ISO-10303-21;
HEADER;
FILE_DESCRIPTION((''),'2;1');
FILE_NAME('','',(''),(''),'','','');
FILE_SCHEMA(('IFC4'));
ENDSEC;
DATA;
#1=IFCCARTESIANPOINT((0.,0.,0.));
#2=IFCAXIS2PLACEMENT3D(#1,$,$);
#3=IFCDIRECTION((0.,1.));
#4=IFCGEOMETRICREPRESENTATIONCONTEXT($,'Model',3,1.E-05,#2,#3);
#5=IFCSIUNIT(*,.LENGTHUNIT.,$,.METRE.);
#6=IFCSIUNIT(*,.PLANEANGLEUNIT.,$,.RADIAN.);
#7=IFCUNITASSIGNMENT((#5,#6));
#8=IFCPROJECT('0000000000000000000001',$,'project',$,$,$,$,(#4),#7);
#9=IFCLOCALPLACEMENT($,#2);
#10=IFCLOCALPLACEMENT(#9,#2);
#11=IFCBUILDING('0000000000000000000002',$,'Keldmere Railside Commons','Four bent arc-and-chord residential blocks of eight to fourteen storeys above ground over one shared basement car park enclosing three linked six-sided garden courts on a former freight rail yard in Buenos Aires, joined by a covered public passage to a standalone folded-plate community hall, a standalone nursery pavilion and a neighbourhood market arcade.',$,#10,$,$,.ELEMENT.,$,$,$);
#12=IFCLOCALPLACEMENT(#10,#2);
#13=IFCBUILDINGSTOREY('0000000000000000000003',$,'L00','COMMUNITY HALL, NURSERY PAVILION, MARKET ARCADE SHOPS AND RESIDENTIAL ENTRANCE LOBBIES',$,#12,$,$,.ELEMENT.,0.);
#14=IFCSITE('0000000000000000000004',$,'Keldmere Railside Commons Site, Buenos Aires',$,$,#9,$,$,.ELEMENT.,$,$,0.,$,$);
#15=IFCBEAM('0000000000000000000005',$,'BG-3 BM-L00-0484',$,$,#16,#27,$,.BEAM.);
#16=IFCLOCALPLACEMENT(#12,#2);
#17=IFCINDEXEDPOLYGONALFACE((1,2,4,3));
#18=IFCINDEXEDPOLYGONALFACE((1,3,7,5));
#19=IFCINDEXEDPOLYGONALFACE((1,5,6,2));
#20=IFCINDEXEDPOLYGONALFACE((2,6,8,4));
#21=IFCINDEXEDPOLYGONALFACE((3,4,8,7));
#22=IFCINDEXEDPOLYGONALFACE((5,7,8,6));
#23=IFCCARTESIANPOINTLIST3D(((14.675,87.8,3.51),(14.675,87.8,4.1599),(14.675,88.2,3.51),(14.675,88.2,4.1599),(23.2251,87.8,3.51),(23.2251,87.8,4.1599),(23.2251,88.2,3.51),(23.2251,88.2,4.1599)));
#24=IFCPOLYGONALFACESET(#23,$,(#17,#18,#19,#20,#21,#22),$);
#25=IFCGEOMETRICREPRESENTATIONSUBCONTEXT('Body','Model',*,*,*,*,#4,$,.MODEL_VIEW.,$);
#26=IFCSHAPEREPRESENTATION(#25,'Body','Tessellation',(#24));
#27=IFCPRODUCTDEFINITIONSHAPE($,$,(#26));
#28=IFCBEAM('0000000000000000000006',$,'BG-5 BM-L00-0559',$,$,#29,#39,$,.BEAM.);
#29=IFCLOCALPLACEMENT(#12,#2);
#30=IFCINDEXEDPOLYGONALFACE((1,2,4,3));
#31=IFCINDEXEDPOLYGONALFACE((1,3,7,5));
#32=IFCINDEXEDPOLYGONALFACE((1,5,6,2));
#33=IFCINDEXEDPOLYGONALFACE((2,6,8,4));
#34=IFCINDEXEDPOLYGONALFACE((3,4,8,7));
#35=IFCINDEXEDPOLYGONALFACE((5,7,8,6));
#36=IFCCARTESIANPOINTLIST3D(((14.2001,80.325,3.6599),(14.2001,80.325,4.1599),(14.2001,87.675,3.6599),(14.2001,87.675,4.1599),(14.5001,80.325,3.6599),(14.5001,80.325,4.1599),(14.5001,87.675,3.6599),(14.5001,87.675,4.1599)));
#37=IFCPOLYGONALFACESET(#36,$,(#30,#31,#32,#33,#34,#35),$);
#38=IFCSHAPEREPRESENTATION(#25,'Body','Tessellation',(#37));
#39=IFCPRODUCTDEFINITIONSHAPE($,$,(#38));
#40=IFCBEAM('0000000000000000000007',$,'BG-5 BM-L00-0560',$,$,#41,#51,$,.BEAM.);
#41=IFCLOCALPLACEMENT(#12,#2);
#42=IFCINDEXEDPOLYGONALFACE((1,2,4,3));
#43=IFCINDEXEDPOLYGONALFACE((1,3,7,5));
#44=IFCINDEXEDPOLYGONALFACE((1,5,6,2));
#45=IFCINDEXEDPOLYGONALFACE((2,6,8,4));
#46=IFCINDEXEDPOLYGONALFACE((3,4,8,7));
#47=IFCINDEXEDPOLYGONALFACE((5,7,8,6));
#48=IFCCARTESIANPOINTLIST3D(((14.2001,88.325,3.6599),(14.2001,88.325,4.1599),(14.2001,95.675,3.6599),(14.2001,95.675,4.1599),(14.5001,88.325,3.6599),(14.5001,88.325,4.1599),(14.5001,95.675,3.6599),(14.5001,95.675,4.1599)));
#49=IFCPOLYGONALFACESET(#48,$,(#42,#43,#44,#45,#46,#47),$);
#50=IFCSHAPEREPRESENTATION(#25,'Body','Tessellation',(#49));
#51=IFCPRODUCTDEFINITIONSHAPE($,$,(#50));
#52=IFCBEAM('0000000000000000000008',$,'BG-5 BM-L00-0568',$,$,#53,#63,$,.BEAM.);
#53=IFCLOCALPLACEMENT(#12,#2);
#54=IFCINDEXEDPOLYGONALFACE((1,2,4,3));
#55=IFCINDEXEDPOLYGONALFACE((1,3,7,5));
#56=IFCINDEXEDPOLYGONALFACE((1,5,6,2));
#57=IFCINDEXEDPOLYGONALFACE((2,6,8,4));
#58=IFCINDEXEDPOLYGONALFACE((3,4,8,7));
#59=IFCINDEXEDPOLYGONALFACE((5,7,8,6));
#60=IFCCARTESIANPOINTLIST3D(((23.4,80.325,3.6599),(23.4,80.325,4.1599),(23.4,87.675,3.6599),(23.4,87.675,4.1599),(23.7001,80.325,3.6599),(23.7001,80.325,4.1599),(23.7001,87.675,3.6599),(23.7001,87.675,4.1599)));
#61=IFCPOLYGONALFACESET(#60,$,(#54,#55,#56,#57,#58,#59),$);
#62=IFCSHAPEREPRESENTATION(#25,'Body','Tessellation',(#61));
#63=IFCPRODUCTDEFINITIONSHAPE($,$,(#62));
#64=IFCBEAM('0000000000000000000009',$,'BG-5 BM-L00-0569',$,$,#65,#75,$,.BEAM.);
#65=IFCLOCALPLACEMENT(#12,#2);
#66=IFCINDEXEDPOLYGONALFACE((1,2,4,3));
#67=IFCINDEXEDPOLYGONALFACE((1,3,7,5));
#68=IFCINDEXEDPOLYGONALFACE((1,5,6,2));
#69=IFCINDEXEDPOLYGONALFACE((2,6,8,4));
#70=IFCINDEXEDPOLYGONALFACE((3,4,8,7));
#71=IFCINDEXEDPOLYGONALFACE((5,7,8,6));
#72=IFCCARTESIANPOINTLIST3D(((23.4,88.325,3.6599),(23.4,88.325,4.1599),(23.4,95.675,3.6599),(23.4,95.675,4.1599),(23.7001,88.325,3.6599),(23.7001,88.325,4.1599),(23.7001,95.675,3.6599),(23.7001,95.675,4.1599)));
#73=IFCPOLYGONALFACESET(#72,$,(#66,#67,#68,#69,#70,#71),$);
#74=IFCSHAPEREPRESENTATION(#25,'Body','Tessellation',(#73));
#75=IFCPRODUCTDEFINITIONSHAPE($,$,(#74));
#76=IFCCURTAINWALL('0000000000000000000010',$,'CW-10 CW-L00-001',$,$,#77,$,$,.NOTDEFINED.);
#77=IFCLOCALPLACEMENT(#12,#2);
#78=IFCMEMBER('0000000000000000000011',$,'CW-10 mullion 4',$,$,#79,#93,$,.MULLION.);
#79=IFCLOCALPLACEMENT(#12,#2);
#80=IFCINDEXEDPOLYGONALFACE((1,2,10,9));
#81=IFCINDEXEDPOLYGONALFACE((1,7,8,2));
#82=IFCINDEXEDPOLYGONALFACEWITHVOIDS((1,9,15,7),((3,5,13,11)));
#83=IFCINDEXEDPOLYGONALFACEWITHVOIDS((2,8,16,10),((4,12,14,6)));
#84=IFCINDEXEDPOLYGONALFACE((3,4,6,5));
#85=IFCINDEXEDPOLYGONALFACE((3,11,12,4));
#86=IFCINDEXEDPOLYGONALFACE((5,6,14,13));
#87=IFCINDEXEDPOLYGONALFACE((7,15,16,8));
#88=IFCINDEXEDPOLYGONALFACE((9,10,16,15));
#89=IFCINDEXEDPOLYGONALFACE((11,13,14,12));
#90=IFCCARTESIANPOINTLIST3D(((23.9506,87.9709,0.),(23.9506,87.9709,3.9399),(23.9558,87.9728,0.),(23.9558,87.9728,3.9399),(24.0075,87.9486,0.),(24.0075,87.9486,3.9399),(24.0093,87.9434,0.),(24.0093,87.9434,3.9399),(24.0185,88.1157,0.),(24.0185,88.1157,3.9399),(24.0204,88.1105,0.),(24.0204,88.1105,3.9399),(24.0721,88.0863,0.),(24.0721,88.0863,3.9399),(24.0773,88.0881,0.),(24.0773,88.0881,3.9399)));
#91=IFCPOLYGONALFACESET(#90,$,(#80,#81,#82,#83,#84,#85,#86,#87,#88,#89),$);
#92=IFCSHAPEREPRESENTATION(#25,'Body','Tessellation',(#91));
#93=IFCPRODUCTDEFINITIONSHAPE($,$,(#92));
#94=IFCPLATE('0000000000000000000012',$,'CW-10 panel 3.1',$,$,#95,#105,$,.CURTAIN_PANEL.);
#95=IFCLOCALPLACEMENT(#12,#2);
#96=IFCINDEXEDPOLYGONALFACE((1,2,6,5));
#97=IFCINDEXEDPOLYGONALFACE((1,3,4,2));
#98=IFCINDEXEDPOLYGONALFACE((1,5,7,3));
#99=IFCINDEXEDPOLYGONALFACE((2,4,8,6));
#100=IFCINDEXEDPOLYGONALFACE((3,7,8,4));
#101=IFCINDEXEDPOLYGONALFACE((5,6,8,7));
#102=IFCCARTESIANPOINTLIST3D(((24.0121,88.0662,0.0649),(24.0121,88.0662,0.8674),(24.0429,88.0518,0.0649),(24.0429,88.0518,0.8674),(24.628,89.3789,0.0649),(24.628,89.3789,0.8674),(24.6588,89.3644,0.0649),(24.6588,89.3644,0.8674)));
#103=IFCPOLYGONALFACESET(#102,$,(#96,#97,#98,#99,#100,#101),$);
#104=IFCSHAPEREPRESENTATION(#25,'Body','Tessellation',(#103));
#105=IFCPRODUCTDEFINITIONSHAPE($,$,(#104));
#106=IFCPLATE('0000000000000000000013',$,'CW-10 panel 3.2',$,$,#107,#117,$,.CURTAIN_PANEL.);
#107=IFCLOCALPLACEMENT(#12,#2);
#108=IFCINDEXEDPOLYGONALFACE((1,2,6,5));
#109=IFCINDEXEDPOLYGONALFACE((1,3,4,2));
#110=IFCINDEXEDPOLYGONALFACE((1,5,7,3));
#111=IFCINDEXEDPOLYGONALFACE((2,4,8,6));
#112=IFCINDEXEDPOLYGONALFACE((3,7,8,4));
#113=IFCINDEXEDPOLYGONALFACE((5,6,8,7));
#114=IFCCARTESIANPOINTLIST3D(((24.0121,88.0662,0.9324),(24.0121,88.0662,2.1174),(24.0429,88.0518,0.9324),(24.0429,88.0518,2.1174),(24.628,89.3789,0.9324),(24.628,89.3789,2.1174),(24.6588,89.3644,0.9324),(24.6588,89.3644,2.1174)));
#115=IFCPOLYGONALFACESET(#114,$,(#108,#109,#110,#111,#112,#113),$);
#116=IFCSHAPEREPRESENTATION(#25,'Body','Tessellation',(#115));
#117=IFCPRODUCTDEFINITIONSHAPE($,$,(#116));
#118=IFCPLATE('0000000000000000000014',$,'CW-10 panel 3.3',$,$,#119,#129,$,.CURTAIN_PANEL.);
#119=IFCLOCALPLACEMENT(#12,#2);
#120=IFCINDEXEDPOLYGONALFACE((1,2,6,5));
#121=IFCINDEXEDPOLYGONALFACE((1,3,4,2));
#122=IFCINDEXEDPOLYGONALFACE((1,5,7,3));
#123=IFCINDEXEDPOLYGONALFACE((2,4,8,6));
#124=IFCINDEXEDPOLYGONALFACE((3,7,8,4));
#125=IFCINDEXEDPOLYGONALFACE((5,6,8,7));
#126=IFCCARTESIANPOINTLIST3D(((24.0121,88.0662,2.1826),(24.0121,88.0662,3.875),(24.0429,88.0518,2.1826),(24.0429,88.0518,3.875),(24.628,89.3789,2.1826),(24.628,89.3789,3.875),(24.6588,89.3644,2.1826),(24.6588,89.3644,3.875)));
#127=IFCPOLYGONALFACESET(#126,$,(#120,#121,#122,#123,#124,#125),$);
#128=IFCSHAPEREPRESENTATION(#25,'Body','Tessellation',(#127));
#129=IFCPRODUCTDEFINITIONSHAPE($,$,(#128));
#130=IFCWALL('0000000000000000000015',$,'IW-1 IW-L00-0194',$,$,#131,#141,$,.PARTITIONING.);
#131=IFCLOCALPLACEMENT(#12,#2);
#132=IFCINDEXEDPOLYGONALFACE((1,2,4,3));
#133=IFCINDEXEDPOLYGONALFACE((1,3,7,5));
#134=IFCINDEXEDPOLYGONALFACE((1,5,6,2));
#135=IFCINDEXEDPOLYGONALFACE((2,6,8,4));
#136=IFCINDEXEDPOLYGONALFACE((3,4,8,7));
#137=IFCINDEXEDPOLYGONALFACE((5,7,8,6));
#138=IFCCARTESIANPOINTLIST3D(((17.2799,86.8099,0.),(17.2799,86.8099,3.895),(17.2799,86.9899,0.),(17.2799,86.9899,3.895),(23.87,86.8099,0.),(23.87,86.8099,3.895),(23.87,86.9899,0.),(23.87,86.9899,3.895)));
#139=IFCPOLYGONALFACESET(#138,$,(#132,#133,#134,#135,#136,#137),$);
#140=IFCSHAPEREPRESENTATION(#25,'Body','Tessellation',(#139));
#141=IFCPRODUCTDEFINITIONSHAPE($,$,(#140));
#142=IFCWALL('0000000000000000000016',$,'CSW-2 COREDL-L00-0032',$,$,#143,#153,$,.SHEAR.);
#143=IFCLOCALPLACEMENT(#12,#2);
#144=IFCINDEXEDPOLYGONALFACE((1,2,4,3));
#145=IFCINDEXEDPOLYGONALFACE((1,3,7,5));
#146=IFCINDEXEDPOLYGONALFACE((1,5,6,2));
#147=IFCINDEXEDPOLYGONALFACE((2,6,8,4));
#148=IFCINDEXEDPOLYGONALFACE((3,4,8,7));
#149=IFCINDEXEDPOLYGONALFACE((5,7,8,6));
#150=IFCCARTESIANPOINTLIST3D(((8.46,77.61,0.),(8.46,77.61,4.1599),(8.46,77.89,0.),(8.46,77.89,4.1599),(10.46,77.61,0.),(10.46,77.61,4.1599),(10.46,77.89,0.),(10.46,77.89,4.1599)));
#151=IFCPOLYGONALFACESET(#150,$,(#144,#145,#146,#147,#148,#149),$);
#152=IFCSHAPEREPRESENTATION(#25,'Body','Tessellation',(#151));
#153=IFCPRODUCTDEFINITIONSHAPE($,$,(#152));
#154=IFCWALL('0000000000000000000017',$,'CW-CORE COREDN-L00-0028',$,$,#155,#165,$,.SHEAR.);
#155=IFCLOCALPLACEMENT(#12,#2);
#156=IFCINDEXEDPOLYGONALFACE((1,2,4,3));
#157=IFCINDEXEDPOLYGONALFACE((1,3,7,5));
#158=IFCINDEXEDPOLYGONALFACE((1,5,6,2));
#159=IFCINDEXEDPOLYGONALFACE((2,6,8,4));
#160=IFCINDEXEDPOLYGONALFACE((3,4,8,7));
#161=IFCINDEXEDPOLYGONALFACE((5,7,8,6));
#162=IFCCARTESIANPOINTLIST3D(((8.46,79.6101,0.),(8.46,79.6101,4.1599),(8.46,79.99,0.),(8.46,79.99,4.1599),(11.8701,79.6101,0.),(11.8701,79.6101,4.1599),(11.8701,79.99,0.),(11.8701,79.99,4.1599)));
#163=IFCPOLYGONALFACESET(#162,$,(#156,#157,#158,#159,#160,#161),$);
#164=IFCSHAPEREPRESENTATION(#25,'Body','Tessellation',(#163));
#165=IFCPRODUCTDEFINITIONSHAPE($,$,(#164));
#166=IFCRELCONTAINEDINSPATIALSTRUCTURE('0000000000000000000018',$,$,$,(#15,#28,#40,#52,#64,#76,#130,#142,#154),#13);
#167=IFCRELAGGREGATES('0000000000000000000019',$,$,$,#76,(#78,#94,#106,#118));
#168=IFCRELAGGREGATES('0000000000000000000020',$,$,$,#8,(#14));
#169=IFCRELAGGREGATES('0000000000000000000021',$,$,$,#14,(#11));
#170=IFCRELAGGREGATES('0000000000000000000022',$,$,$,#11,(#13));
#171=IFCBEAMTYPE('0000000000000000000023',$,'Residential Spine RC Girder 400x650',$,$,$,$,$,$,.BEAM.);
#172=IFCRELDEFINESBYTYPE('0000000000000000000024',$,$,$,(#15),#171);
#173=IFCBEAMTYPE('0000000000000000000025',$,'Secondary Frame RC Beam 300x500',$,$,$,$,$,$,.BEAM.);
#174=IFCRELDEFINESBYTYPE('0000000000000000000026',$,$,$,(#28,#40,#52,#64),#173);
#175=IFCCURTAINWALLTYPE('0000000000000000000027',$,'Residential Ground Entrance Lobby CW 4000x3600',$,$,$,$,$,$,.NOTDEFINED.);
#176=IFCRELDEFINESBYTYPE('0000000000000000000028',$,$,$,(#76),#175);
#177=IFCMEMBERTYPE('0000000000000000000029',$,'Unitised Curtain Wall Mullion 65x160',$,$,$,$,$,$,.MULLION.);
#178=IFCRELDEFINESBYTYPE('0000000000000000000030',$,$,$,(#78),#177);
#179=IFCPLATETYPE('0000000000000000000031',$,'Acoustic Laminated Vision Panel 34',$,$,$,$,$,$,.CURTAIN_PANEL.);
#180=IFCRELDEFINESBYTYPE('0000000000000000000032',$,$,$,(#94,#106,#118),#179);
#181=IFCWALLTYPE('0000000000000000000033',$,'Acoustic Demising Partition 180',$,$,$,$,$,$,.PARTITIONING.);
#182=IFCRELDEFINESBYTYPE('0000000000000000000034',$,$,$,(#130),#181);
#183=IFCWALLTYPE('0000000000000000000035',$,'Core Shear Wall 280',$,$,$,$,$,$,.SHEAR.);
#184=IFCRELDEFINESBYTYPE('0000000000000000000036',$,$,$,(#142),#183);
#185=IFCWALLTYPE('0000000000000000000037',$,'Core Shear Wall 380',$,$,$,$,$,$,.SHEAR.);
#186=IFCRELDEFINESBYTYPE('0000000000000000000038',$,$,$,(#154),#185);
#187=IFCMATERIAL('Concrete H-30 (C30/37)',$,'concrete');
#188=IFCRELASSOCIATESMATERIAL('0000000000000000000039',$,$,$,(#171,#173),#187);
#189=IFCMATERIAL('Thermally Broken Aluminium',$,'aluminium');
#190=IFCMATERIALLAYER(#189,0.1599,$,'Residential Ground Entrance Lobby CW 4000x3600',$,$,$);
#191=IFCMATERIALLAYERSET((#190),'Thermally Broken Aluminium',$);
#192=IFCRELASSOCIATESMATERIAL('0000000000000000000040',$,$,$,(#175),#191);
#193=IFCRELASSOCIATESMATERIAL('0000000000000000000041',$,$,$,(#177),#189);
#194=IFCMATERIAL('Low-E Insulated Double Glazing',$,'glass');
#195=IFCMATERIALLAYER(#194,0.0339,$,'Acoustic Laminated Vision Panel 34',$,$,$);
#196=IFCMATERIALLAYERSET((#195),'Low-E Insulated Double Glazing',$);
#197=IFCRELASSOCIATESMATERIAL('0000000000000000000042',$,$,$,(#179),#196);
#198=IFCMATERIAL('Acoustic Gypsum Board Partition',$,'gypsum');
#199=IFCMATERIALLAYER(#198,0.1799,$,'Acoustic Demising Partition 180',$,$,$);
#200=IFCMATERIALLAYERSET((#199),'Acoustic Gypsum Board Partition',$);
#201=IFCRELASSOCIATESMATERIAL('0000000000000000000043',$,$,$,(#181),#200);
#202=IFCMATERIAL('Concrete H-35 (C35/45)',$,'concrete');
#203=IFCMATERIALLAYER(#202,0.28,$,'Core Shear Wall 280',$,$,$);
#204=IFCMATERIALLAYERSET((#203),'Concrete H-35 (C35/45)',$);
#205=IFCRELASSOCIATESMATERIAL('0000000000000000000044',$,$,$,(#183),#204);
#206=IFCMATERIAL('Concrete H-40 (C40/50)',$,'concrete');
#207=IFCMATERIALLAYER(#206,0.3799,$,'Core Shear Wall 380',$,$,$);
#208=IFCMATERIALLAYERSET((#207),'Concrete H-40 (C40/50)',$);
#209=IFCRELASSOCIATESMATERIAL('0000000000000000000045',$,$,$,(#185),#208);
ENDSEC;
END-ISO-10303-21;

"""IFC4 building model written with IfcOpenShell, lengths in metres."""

from ifc_helpers import new_model, si_unit, direction, frame, frame_2d, origin, origin_2d, place, context, subcontext, project, spatial, rectangle, hollow_rectangle, extrude, material, layer, layer_set, material_profile, profile_set, type_object, element, aggregate, save


model = new_model("IFC4")

# Units and contexts
model_context = context("Model", 3, precision=1e-05, world=origin(), true_north=direction((0.0, 1.0)))
body_context = subcontext(model_context, "Body", "Model", "MODEL_VIEW")
ifc_project = project(units=[si_unit("LENGTHUNIT", "METRE"), si_unit("PLANEANGLEUNIT", "RADIAN")], contexts=[model_context])

# Site, building, storey
site_placement = place(None, origin())
site = spatial("IfcSite", under=ifc_project, at=site_placement, Name="Keldmere Railside Commons Site, Buenos Aires", CompositionType="ELEMENT", RefElevation=0.0)
building_placement = place(site_placement, origin())
building = spatial("IfcBuilding", under=site, at=building_placement, Name="Keldmere Railside Commons", Description="Four bent arc-and-chord residential blocks of eight to fourteen storeys above ground over one shared basement car park enclosing three linked six-sided garden courts on a former freight rail yard in Buenos Aires, joined by a covered public passage to a standalone folded-plate community hall, a standalone nursery pavilion and a neighbourhood market arcade.", CompositionType="ELEMENT")
storey_placement = place(building_placement, origin())
storey = spatial("IfcBuildingStorey", under=building, at=storey_placement, Name="L00", Description="COMMUNITY HALL, NURSERY PAVILION, MARKET ARCADE SHOPS AND RESIDENTIAL ENTRANCE LOBBIES", CompositionType="ELEMENT", Elevation=0.0)

# Shared definitions
ifc_material_1 = material(Name="Concrete H-40 (C40/50)", Category="concrete")

# Beams
ifc_material_2 = material(Name="Concrete H-30 (C30/37)", Category="concrete")
ifc_material_profile_1 = material_profile(ifc_material_2, rectangle(XDim=0.3999, YDim=0.6499, at=origin_2d()), Name="RC-400x650")
ifc_profile_set_1 = profile_set([ifc_material_profile_1], Name="Concrete H-30 (C30/37)")
beam_type_1 = type_object("IfcBeamType", Name="Residential Spine RC Girder 400x650", PredefinedType="BEAM", material=ifc_profile_set_1)
beam_1_placement = place(storey_placement, frame((14.675, 88.0, 3.835), z_axis=(1.0, 0.0, 0.0), x_axis=(0.0, 1.0, 0.0)))
element("IfcBeam", 1, at=beam_1_placement, inside=storey, type_object=beam_type_1, Name="BG-3 BM-L00-0484", PredefinedType="BEAM", context=body_context, shape_type="SweptSolid", body=[
    extrude(rectangle(XDim=0.3999, YDim=0.6499, at=origin_2d()), origin(), (0.0, 0.0, 1.0), 8.55),
])
ifc_material_profile_2 = material_profile(ifc_material_2, rectangle(XDim=0.3, YDim=0.5, at=origin_2d()), Name="RC-300x500")
ifc_profile_set_2 = profile_set([ifc_material_profile_2], Name="Concrete H-30 (C30/37)")
beam_type_2 = type_object("IfcBeamType", Name="Secondary Frame RC Beam 300x500", PredefinedType="BEAM", material=ifc_profile_set_2)
for number, where, z_axis, x_axis, name in (
    (2, (14.3501, 80.325, 3.9099), (0.0, 1.0, 0.0), (-1.0, 0.0, 0.0), "BG-5 BM-L00-0559"),
    (3, (14.3501, 88.325, 3.9099), (0.0, 1.0, 0.0), (-1.0, 0.0, 0.0), "BG-5 BM-L00-0560"),
    (4, (23.55, 80.325, 3.9099), (0.0, 1.0, 0.0), (-1.0, 0.0, 0.0), "BG-5 BM-L00-0568"),
    (5, (23.55, 88.325, 3.9099), (0.0, 1.0, 0.0), (-1.0, 0.0, 0.0), "BG-5 BM-L00-0569"),
):
    element("IfcBeam", number, at=place(storey_placement, frame(where, z_axis=z_axis, x_axis=x_axis)), inside=storey, type_object=beam_type_2, Name=name, PredefinedType="BEAM", context=body_context, shape_type="SweptSolid", body=[
        extrude(rectangle(XDim=0.3, YDim=0.5, at=origin_2d()), origin(), (0.0, 0.0, 1.0), 7.3501),
    ])

# Curtain wall, member, plates
ifc_material_3 = material(Name="Thermally Broken Aluminium", Category="aluminium")
ifc_layer_1 = layer(ifc_material_3, 0.1599, Name="Residential Ground Entrance Lobby CW 4000x3600")
ifc_layer_set_1 = layer_set([ifc_layer_1], Name="Thermally Broken Aluminium")
curtain_wall_type = type_object("IfcCurtainWallType", Name="Residential Ground Entrance Lobby CW 4000x3600", PredefinedType="NOTDEFINED", material=ifc_layer_set_1)
curtain_wall_placement = place(storey_placement, origin())
curtain_wall = element("IfcCurtainWall", 6, at=curtain_wall_placement, inside=storey, type_object=curtain_wall_type, Name="CW-10 CW-L00-001", PredefinedType="NOTDEFINED")
ifc_material_profile_3 = material_profile(ifc_material_3, hollow_rectangle(XDim=0.0649, YDim=0.1599, WallThickness=0.0039, at=origin_2d()), Name="ALU-MULL-65x160")
ifc_profile_set_3 = profile_set([ifc_material_profile_3], Name="Thermally Broken Aluminium")
member_type = type_object("IfcMemberType", Name="Unitised Curtain Wall Mullion 65x160", PredefinedType="MULLION", material=ifc_profile_set_3)
member_placement = place(storey_placement, frame((24.0139, 88.0295, 0.0), z_axis=(0.0, 0.0, 1.0), x_axis=(0.905306, -0.424759, 0.0)))
member = element("IfcMember", 7, at=member_placement, type_object=member_type, Name="CW-10 mullion 4", PredefinedType="MULLION", context=body_context, shape_type="SweptSolid", body=[
    extrude(hollow_rectangle(XDim=0.0649, YDim=0.1599, WallThickness=0.0039, at=origin_2d()), origin(), (0.0, 0.0, 1.0), 3.9399),
])
ifc_material_4 = material(Name="Low-E Insulated Double Glazing", Category="glass")
ifc_layer_2 = layer(ifc_material_4, 0.0339, Name="Acoustic Laminated Vision Panel 34")
ifc_layer_set_2 = layer_set([ifc_layer_2], Name="Low-E Insulated Double Glazing")
plate_type = type_object("IfcPlateType", Name="Acoustic Laminated Vision Panel 34", PredefinedType="CURTAIN_PANEL", material=ifc_layer_set_2)
plate_1_placement = place(storey_placement, frame((24.3354, 88.7153, 0.0649), z_axis=(0.0, 0.0, 1.0), x_axis=(-0.424759, -0.905306, 0.0)))
plate_1 = element("IfcPlate", 8, at=plate_1_placement, type_object=plate_type, Name="CW-10 panel 3.1", PredefinedType="CURTAIN_PANEL", context=body_context, shape_type="SweptSolid", body=[
    extrude(rectangle(XDim=1.45, YDim=0.0339, at=origin_2d()), origin(), (0.0, 0.0, 1.0), 0.8025),
])
plate_2_placement = place(storey_placement, frame((24.3354, 88.7153, 0.9324), z_axis=(0.0, 0.0, 1.0), x_axis=(-0.424759, -0.905306, 0.0)))
plate_2 = element("IfcPlate", 9, at=plate_2_placement, type_object=plate_type, Name="CW-10 panel 3.2", PredefinedType="CURTAIN_PANEL", context=body_context, shape_type="SweptSolid", body=[
    extrude(rectangle(XDim=1.45, YDim=0.0339, at=origin_2d()), origin(), (0.0, 0.0, 1.0), 1.1851),
])
plate_3_placement = place(storey_placement, frame((24.3354, 88.7153, 2.1826), z_axis=(0.0, 0.0, 1.0), x_axis=(-0.424759, -0.905306, 0.0)))
plate_3 = element("IfcPlate", 10, at=plate_3_placement, type_object=plate_type, Name="CW-10 panel 3.3", PredefinedType="CURTAIN_PANEL", context=body_context, shape_type="SweptSolid", body=[
    extrude(rectangle(XDim=1.45, YDim=0.0339, at=origin_2d()), origin(), (0.0, 0.0, 1.0), 1.6924),
])
aggregate(curtain_wall, [member, plate_1, plate_2, plate_3])

# Walls
ifc_material_5 = material(Name="Acoustic Gypsum Board Partition", Category="gypsum")
ifc_layer_3 = layer(ifc_material_5, 0.1799, Name="Acoustic Demising Partition 180")
ifc_layer_set_3 = layer_set([ifc_layer_3], Name="Acoustic Gypsum Board Partition")
wall_type_1 = type_object("IfcWallType", Name="Acoustic Demising Partition 180", PredefinedType="PARTITIONING", material=ifc_layer_set_3)
wall_1_placement = place(storey_placement, frame((17.28, 86.8999, 0.0), z_axis=(0.0, 0.0, 1.0), x_axis=(1.0, 0.0, 0.0)))
element("IfcWall", 11, at=wall_1_placement, inside=storey, type_object=wall_type_1, Name="IW-1 IW-L00-0194", PredefinedType="PARTITIONING", context=body_context, shape_type="SweptSolid", body=[
    extrude(rectangle(XDim=6.5901, YDim=0.1799, at=frame_2d((3.2949, 0.0))), origin(), (0.0, 0.0, 1.0), 3.895),
])
ifc_material_6 = material(Name="Concrete H-35 (C35/45)", Category="concrete")
ifc_layer_4 = layer(ifc_material_6, 0.28, Name="Core Shear Wall 280")
ifc_layer_set_4 = layer_set([ifc_layer_4], Name="Concrete H-35 (C35/45)")
wall_type_2 = type_object("IfcWallType", Name="Core Shear Wall 280", PredefinedType="SHEAR", material=ifc_layer_set_4)
wall_2_placement = place(storey_placement, frame((8.46, 77.75, 0.0), z_axis=(0.0, 0.0, 1.0), x_axis=(1.0, 0.0, 0.0)))
element("IfcWall", 12, at=wall_2_placement, inside=storey, type_object=wall_type_2, Name="CSW-2 COREDL-L00-0032", PredefinedType="SHEAR", context=body_context, shape_type="SweptSolid", body=[
    extrude(rectangle(XDim=2.0, YDim=0.28, at=frame_2d((1.0, 0.0))), origin(), (0.0, 0.0, 1.0), 4.1599),
])
ifc_layer_5 = layer(ifc_material_1, 0.3799, Name="Core Shear Wall 380")
ifc_layer_set_5 = layer_set([ifc_layer_5], Name="Concrete H-40 (C40/50)")
wall_type_3 = type_object("IfcWallType", Name="Core Shear Wall 380", PredefinedType="SHEAR", material=ifc_layer_set_5)
wall_3_placement = place(storey_placement, frame((8.46, 79.8, 0.0), z_axis=(0.0, 0.0, 1.0), x_axis=(1.0, 0.0, 0.0)))
element("IfcWall", 13, at=wall_3_placement, inside=storey, type_object=wall_type_3, Name="CW-CORE COREDN-L00-0028", PredefinedType="SHEAR", context=body_context, shape_type="SweptSolid", body=[
    extrude(rectangle(XDim=3.4102, YDim=0.3799, at=frame_2d((1.7051, 0.0))), origin(), (0.0, 0.0, 1.0), 4.1599),
])

save(model, "model.ifc")
